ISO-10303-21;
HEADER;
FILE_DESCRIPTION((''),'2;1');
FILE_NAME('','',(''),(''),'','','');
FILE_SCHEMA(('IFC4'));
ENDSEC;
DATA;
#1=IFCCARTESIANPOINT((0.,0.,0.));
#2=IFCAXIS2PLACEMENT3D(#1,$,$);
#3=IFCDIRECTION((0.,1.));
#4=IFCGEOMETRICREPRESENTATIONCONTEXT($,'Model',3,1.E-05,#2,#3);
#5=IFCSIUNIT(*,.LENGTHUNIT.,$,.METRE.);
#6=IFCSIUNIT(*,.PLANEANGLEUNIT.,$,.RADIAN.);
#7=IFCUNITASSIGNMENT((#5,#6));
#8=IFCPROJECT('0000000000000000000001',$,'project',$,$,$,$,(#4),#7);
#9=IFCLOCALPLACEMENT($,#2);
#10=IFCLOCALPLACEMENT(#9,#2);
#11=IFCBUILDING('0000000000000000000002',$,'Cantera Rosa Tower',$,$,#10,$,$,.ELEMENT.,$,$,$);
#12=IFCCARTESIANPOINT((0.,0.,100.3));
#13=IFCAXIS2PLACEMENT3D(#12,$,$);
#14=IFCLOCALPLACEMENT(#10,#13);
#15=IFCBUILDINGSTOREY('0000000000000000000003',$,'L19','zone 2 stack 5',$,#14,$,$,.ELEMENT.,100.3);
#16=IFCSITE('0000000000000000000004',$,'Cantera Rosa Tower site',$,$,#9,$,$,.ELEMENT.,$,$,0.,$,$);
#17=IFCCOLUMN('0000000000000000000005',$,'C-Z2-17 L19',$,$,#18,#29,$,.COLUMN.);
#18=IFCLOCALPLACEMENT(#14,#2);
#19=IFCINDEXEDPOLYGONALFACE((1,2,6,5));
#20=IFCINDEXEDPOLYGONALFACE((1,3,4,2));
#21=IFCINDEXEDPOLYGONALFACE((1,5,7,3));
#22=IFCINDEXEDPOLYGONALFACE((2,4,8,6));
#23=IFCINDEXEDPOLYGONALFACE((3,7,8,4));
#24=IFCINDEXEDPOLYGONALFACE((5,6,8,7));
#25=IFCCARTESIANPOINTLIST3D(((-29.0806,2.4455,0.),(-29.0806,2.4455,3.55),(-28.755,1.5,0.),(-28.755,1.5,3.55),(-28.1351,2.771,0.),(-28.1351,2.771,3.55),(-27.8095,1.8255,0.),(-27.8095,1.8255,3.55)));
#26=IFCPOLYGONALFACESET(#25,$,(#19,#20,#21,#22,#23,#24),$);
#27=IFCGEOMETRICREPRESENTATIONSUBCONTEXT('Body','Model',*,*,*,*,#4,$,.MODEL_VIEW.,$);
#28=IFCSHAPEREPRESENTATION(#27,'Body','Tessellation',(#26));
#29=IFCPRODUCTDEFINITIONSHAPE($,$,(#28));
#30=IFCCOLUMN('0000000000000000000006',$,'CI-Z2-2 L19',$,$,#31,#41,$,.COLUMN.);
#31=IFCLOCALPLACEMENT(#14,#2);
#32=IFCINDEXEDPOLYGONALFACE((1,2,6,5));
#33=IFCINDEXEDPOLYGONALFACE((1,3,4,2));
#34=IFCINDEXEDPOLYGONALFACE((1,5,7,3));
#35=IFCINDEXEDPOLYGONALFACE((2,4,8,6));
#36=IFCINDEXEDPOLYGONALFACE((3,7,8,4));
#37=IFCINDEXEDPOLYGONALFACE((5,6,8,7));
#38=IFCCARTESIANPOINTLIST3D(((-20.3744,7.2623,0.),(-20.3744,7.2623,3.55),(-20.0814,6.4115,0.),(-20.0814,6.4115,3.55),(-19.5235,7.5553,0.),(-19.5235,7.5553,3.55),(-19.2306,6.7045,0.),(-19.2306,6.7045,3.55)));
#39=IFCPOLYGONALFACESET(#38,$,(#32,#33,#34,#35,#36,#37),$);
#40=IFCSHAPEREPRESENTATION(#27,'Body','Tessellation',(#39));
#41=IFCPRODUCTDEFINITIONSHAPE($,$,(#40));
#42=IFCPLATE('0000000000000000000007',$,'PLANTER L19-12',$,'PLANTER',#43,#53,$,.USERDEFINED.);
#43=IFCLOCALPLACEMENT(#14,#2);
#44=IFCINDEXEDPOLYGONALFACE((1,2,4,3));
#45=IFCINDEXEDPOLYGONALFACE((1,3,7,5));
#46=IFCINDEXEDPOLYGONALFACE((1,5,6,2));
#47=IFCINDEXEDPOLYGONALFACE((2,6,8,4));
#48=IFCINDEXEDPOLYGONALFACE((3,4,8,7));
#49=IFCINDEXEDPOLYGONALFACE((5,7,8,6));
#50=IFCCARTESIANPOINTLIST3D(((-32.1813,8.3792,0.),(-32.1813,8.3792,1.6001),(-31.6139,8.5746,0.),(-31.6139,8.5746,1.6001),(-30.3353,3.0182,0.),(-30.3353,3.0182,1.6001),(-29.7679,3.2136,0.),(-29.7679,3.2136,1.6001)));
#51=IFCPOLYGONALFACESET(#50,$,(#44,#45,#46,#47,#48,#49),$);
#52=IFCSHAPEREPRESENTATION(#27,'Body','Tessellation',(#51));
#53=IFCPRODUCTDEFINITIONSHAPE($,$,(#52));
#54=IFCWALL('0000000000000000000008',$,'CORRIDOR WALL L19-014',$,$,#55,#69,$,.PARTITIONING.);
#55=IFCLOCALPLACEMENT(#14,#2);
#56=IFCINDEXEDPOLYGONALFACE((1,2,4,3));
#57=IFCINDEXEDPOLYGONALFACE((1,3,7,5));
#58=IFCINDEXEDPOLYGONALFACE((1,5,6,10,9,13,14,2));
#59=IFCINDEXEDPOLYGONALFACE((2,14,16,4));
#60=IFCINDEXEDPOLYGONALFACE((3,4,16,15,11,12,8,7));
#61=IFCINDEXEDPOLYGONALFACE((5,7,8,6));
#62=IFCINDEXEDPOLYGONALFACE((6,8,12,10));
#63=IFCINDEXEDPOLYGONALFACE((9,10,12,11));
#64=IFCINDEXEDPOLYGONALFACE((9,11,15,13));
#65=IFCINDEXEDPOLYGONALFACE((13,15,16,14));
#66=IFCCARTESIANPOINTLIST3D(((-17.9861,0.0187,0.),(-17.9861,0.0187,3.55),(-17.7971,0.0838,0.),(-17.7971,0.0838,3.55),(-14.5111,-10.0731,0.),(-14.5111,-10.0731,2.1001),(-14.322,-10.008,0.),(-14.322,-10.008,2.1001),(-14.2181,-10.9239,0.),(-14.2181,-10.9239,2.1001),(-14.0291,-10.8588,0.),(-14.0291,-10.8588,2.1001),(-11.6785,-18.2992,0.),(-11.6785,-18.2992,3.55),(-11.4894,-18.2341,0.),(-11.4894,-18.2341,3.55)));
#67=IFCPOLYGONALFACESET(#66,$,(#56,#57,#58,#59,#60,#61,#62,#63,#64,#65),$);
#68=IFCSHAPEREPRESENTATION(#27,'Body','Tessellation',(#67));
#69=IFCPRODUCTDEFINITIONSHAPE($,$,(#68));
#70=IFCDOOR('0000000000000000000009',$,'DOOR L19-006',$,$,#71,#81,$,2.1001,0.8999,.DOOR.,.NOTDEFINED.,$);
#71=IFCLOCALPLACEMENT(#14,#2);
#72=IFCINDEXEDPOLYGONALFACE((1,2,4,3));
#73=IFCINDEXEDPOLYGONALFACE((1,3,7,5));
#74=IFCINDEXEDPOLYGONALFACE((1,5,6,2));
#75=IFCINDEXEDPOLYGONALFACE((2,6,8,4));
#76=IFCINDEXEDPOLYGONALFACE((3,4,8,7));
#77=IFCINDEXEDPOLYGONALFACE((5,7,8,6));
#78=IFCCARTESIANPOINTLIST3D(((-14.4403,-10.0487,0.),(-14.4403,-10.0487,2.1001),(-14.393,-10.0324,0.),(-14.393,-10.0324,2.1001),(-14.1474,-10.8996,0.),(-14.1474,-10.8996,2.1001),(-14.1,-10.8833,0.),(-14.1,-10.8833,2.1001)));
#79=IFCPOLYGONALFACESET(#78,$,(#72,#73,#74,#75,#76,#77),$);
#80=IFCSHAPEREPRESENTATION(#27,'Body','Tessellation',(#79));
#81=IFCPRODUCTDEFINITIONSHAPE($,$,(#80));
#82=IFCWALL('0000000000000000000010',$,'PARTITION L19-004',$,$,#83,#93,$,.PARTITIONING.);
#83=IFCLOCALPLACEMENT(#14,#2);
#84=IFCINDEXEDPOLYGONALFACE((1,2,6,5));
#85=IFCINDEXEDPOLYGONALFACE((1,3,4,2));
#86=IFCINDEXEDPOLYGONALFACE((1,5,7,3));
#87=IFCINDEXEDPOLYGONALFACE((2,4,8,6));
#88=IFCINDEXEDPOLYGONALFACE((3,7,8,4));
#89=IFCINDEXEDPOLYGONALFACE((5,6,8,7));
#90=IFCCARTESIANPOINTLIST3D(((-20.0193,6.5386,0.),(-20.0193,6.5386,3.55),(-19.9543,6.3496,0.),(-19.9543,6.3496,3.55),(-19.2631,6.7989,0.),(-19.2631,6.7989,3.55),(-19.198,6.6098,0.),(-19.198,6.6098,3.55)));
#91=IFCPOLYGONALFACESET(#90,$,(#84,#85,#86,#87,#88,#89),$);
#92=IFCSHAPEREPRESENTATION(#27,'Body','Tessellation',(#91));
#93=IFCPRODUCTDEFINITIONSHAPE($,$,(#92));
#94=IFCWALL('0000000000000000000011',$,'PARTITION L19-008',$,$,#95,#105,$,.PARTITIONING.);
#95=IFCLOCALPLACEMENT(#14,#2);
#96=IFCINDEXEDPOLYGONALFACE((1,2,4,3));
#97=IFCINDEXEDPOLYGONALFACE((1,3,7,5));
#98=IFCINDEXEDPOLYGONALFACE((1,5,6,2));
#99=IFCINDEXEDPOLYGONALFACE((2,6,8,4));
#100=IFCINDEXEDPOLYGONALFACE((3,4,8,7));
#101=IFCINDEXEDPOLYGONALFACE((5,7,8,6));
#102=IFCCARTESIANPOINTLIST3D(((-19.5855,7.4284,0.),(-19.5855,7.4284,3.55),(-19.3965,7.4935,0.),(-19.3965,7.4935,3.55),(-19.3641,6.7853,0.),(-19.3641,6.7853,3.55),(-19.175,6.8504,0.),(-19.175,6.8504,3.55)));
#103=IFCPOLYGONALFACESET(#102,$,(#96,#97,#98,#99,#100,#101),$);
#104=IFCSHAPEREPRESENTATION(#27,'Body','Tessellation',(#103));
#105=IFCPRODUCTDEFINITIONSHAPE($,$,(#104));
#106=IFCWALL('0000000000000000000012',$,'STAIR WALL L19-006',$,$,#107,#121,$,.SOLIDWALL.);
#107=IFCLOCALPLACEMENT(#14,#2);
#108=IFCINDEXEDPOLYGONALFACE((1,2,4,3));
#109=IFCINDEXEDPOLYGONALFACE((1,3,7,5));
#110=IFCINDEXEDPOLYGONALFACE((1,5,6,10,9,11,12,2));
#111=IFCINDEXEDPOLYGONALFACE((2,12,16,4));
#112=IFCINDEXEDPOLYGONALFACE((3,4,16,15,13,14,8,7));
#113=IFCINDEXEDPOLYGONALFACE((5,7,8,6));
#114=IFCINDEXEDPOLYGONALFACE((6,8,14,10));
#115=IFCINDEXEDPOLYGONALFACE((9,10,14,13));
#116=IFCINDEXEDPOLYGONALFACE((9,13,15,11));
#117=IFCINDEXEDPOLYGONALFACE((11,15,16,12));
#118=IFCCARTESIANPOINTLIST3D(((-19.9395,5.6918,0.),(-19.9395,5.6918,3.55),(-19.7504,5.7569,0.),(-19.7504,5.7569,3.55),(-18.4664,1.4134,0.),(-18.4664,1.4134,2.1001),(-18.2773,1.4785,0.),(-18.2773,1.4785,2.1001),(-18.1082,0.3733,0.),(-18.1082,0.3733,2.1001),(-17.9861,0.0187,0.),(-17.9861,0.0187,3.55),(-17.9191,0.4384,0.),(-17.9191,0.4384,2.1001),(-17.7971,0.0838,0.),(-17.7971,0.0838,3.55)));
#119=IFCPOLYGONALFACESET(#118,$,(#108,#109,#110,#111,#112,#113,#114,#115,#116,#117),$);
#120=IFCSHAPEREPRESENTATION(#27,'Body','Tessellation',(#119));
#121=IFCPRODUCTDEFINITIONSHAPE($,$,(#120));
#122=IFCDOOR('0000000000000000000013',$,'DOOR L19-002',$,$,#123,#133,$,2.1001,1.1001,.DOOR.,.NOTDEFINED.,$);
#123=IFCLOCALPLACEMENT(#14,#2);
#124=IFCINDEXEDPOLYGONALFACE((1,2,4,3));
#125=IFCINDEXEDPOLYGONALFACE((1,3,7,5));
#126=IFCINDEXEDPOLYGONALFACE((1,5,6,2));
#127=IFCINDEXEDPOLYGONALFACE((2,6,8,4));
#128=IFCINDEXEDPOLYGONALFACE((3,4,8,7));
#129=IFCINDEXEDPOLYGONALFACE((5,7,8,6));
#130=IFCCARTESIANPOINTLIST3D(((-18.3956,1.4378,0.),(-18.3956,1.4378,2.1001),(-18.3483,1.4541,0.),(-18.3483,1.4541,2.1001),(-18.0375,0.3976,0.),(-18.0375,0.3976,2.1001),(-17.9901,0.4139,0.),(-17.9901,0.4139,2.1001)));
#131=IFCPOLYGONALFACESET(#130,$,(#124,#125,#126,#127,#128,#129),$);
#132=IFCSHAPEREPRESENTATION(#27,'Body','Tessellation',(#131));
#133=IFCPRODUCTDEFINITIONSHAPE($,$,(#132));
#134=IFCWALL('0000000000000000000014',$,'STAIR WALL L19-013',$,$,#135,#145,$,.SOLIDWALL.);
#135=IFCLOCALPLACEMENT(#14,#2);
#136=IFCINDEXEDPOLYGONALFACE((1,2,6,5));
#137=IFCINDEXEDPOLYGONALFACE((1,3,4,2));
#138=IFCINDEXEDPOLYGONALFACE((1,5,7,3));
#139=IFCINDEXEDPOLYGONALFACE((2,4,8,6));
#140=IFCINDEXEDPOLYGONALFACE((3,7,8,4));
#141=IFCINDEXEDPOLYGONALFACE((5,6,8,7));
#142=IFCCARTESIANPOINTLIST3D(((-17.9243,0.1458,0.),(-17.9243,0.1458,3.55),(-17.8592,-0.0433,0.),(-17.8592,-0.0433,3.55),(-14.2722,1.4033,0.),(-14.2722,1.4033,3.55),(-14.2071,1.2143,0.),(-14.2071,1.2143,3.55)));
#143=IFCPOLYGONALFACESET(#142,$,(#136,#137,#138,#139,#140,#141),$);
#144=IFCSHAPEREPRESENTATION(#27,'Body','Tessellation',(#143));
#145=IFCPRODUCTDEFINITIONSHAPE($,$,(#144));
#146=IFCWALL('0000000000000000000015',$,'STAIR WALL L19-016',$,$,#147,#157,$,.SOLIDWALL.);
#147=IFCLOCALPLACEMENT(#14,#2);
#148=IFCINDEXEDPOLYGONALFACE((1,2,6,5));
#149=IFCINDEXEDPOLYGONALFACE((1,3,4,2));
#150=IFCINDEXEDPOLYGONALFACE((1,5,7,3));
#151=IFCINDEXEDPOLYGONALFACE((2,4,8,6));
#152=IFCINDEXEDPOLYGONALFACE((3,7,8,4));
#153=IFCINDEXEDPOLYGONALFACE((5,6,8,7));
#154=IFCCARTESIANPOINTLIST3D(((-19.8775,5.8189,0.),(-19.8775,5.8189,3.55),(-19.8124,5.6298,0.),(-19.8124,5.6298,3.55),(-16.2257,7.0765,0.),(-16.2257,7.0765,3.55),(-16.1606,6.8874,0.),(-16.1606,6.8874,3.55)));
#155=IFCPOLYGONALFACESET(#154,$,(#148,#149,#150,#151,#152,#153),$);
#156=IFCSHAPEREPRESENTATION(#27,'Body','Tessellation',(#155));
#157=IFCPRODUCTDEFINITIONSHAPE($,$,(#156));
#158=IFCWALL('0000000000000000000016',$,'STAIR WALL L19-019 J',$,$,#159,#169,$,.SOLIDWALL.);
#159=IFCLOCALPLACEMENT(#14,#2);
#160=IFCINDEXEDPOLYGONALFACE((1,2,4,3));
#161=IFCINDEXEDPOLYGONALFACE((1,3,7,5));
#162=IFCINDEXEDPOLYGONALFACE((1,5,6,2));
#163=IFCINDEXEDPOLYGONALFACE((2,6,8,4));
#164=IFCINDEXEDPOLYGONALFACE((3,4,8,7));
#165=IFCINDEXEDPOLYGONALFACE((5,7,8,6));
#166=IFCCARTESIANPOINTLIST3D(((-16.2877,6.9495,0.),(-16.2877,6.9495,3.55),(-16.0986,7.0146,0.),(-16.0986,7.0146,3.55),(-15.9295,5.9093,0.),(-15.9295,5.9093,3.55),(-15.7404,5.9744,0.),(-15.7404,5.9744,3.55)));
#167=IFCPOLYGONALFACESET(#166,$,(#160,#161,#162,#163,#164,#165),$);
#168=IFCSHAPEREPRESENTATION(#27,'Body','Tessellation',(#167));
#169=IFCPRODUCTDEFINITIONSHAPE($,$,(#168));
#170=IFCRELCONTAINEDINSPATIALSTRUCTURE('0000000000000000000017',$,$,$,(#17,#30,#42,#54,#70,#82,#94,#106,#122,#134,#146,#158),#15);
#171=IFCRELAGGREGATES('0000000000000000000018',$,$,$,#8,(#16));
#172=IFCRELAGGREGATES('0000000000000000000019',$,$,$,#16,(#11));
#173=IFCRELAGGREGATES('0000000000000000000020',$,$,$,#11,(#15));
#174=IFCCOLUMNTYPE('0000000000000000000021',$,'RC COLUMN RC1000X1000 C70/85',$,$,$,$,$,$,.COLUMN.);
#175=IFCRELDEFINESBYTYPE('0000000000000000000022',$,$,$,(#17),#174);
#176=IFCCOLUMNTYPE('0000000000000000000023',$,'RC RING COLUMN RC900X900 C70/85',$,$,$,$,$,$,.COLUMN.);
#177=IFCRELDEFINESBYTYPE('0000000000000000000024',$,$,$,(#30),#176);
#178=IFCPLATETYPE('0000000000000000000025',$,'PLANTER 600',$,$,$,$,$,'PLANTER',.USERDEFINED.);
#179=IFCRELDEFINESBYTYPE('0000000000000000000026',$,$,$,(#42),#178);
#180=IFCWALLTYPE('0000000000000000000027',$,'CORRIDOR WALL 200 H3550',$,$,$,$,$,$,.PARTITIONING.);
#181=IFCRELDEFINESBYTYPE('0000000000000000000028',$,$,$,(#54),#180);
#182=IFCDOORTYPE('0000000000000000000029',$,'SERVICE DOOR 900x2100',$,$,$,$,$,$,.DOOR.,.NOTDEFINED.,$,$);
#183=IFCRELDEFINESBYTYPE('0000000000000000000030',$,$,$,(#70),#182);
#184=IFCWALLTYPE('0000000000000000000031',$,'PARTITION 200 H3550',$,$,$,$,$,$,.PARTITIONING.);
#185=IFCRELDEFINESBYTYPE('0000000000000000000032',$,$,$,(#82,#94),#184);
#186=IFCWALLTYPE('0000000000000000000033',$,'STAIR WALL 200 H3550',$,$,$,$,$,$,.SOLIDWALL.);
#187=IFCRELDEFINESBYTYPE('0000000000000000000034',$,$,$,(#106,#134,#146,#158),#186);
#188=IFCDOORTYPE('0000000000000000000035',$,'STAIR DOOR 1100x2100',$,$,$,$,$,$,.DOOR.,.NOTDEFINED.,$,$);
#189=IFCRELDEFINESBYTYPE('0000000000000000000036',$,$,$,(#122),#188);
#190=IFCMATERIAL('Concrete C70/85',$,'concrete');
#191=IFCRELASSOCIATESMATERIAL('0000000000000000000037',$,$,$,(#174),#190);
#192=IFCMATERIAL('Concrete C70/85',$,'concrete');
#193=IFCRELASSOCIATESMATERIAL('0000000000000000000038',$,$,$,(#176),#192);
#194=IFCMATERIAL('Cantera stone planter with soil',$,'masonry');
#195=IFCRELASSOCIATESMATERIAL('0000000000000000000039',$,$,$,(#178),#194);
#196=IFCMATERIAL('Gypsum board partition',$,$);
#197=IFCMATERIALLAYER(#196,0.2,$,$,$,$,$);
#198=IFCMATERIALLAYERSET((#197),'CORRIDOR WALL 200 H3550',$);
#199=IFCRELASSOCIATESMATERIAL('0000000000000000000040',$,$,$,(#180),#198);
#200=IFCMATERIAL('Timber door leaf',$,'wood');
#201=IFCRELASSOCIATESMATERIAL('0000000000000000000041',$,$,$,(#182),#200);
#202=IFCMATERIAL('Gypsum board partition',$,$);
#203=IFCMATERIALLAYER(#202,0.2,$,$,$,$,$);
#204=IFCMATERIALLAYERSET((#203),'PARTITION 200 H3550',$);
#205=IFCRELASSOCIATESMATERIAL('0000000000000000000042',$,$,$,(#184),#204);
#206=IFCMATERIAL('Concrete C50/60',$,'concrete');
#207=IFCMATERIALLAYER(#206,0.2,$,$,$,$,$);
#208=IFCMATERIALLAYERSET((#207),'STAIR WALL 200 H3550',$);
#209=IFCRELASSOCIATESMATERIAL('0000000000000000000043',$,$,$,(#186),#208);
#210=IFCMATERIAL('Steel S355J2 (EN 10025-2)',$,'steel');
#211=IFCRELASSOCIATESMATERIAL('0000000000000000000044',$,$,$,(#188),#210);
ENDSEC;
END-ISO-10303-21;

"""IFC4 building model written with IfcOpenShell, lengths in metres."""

from ifc_helpers import new_model, si_unit, direction, frame, frame_2d, origin, origin_2d, place, context, subcontext, project, spatial, rectangle, extrude, material, layer, layer_set, material_profile, profile_set, type_object, element, fill, save


model = new_model("IFC4")

# Units and contexts
model_context = context("Model", 3, precision=1e-05, world=origin(), true_north=direction((0.0, 1.0)))
body_context = subcontext(model_context, "Body", "Model", "MODEL_VIEW")
ifc_project = project(units=[si_unit("LENGTHUNIT", "METRE"), si_unit("PLANEANGLEUNIT", "RADIAN")], contexts=[model_context])

# Site, building, storey
site_placement = place(None, origin())
site = spatial("IfcSite", under=ifc_project, at=site_placement, Name="Cantera Rosa Tower site", CompositionType="ELEMENT", RefElevation=0.0)
building_placement = place(site_placement, origin())
building = spatial("IfcBuilding", under=site, at=building_placement, Name="Cantera Rosa Tower", CompositionType="ELEMENT")
storey_placement = place(building_placement, frame((0.0, 0.0, 100.3)))
storey = spatial("IfcBuildingStorey", under=building, at=storey_placement, Name="L19", Description="zone 2 stack 5", CompositionType="ELEMENT", Elevation=100.3)

# Columns
ifc_material_1 = material(Name="Concrete C70/85", Category="concrete")
ifc_material_profile_1 = material_profile(ifc_material_1, rectangle(XDim=1.0, YDim=1.0, at=origin_2d()), Name="RC COLUMN RC1000X1000 C70/85")
ifc_profile_set_1 = profile_set([ifc_material_profile_1], Name="Concrete C70/85")
column_type_1 = type_object("IfcColumnType", Name="RC COLUMN RC1000X1000 C70/85", PredefinedType="COLUMN", material=ifc_profile_set_1)
column_1_placement = place(storey_placement, frame((-28.4451, 2.1355, 0.0), z_axis=(0.0, 0.0, 1.0), x_axis=(0.945519, 0.325568, 0.0)))
element("IfcColumn", 1, at=column_1_placement, inside=storey, type_object=column_type_1, Name="C-Z2-17 L19", PredefinedType="COLUMN", context=body_context, shape_type="SweptSolid", body=[
    extrude(rectangle(XDim=1.0, YDim=1.0, at=origin_2d()), origin(), (0.0, 0.0, 1.0), 3.55),
])
ifc_material_2 = material(Name="Concrete C70/85", Category="concrete")
ifc_material_profile_2 = material_profile(ifc_material_2, rectangle(XDim=0.8999, YDim=0.8999, at=origin_2d()), Name="RC RING COLUMN RC900X900 C70/85")
ifc_profile_set_2 = profile_set([ifc_material_profile_2], Name="Concrete C70/85")
column_type_2 = type_object("IfcColumnType", Name="RC RING COLUMN RC900X900 C70/85", PredefinedType="COLUMN", material=ifc_profile_set_2)
column_2_placement = place(storey_placement, frame((-19.8025, 6.9834, 0.0), z_axis=(0.0, 0.0, 1.0), x_axis=(0.945519, 0.325568, 0.0)))
element("IfcColumn", 2, at=column_2_placement, inside=storey, type_object=column_type_2, Name="CI-Z2-2 L19", PredefinedType="COLUMN", context=body_context, shape_type="SweptSolid", body=[
    extrude(rectangle(XDim=0.8999, YDim=0.8999, at=origin_2d()), origin(), (0.0, 0.0, 1.0), 3.55),
])

# Plate
ifc_material_3 = material(Name="Cantera stone planter with soil", Category="masonry")
plate_type = type_object("IfcPlateType", Name="PLANTER 600", ElementType="PLANTER", PredefinedType="USERDEFINED", material=ifc_material_3)
plate_placement = place(storey_placement, frame((-30.9746, 5.7964, 0.0), z_axis=(0.0, 0.0, 1.0), x_axis=(0.325568, -0.945519, 0.0)))
element("IfcPlate", 3, at=plate_placement, inside=storey, type_object=plate_type, Name="PLANTER L19-12", ObjectType="PLANTER", PredefinedType="USERDEFINED", context=body_context, shape_type="SweptSolid", body=[
    extrude(rectangle(XDim=5.6699, YDim=0.6001, at=origin_2d()), origin(), (0.0, 0.0, 1.0), 1.6001),
])

# Wall, opening, door
ifc_material_4 = material(Name="Gypsum board partition")
ifc_layer_1 = layer(ifc_material_4, 0.2)
ifc_layer_set_1 = layer_set([ifc_layer_1], Name="CORRIDOR WALL 200 H3550")
wall_type_1 = type_object("IfcWallType", Name="CORRIDOR WALL 200 H3550", PredefinedType="PARTITIONING", material=ifc_layer_set_1)
wall_1_placement = place(storey_placement, frame((-17.8916, 0.0513, 0.0), z_axis=(0.0, 0.0, 1.0), x_axis=(0.325581, -0.945514, 0.0)))
wall_1 = element("IfcWall", 4, at=wall_1_placement, inside=storey, type_object=wall_type_1, Name="CORRIDOR WALL L19-014", PredefinedType="PARTITIONING", context=body_context, shape_type="SweptSolid", body=[
    extrude(rectangle(XDim=19.3735, YDim=0.2, at=frame_2d((9.6868, 0.0))), origin(), (0.0, 0.0, 1.0), 3.55),
])
opening_1_placement = place(wall_1_placement, frame((10.6733, 0.0, 0.0)))
opening_1 = element("IfcOpeningElement", 5, at=opening_1_placement, cuts=wall_1, PredefinedType="OPENING", context=body_context, shape_type="SweptSolid", body=[
    extrude(rectangle(XDim=0.8999, YDim=2.1001, at=frame_2d((0.45, 1.05))), frame((0.0, 0.1099, 0.0), z_axis=(0.0, -1.0, 0.0), x_axis=(1.0, 0.0, 0.0)), (0.0, 0.0, 1.0), 0.22),
])
ifc_material_5 = material(Name="Timber door leaf", Category="wood")
door_type_1 = type_object("IfcDoorType", Name="SERVICE DOOR 900x2100", OperationType="NOTDEFINED", PredefinedType="DOOR", material=ifc_material_5)
door_1_placement = place(opening_1_placement, origin())
door_1 = element("IfcDoor", 6, at=door_1_placement, inside=storey, type_object=door_type_1, Name="DOOR L19-006", OperationType="NOTDEFINED", OverallHeight=2.1001, OverallWidth=0.8999, PredefinedType="DOOR", context=body_context, shape_type="SweptSolid", body=[
    extrude(rectangle(XDim=0.8999, YDim=2.1001, at=frame_2d((0.45, 1.05))), frame((0.0, 0.0249, 0.0), z_axis=(0.0, -1.0, 0.0), x_axis=(1.0, 0.0, 0.0)), (0.0, 0.0, 1.0), 0.05),
])
fill(opening_1, door_1)

# Walls
ifc_material_6 = material(Name="Gypsum board partition")
ifc_layer_2 = layer(ifc_material_6, 0.2)
ifc_layer_set_2 = layer_set([ifc_layer_2], Name="PARTITION 200 H3550")
wall_type_2 = type_object("IfcWallType", Name="PARTITION 200 H3550", PredefinedType="PARTITIONING", material=ifc_layer_set_2)
wall_2_placement = place(storey_placement, frame((-19.9868, 6.4441, 0.0), z_axis=(0.0, 0.0, 1.0), x_axis=(0.945587, 0.32537, 0.0)))
element("IfcWall", 7, at=wall_2_placement, inside=storey, type_object=wall_type_2, Name="PARTITION L19-004", PredefinedType="PARTITIONING", context=body_context, shape_type="SweptSolid", body=[
    extrude(rectangle(XDim=0.7998, YDim=0.2, at=frame_2d((0.3999, 0.0))), origin(), (0.0, 0.0, 1.0), 3.55),
])
wall_3_placement = place(storey_placement, frame((-19.2695, 6.8179, 0.0), z_axis=(0.0, 0.0, 1.0), x_axis=(-0.325581, 0.945514, 0.0)))
element("IfcWall", 8, at=wall_3_placement, inside=storey, type_object=wall_type_2, Name="PARTITION L19-008", PredefinedType="PARTITIONING", context=body_context, shape_type="SweptSolid", body=[
    extrude(rectangle(XDim=0.6802, YDim=0.2, at=frame_2d((0.3401, 0.0))), origin(), (0.0, 0.0, 1.0), 3.55),
])

# Wall, opening, door
ifc_material_7 = material(Name="Concrete C50/60", Category="concrete")
ifc_layer_3 = layer(ifc_material_7, 0.2)
ifc_layer_set_3 = layer_set([ifc_layer_3], Name="STAIR WALL 200 H3550")
wall_type_3 = type_object("IfcWallType", Name="STAIR WALL 200 H3550", PredefinedType="SOLIDWALL", material=ifc_layer_set_3)
wall_4_placement = place(storey_placement, frame((-19.845, 5.7244, 0.0), z_axis=(0.0, 0.0, 1.0), x_axis=(0.325563, -0.94552, 0.0)))
wall_4 = element("IfcWall", 9, at=wall_4_placement, inside=storey, type_object=wall_type_3, Name="STAIR WALL L19-006", PredefinedType="SOLIDWALL", context=body_context, shape_type="SweptSolid", body=[
    extrude(rectangle(XDim=6.0, YDim=0.2, at=frame_2d((3.0, 0.0))), origin(), (0.0, 0.0, 1.0), 3.55),
])
opening_2_placement = place(wall_4_placement, frame((4.5249, 0.0, 0.0)))
opening_2 = element("IfcOpeningElement", 10, at=opening_2_placement, cuts=wall_4, PredefinedType="OPENING", context=body_context, shape_type="SweptSolid", body=[
    extrude(rectangle(XDim=1.1001, YDim=2.1001, at=frame_2d((0.55, 1.05))), frame((0.0, 0.1099, 0.0), z_axis=(0.0, -1.0, 0.0), x_axis=(1.0, 0.0, 0.0)), (0.0, 0.0, 1.0), 0.22),
])
ifc_material_8 = material(Name="Steel S355J2 (EN 10025-2)", Category="steel")
door_type_2 = type_object("IfcDoorType", Name="STAIR DOOR 1100x2100", OperationType="NOTDEFINED", PredefinedType="DOOR", material=ifc_material_8)
door_2_placement = place(opening_2_placement, origin())
door_2 = element("IfcDoor", 11, at=door_2_placement, inside=storey, type_object=door_type_2, Name="DOOR L19-002", OperationType="NOTDEFINED", OverallHeight=2.1001, OverallWidth=1.1001, PredefinedType="DOOR", context=body_context, shape_type="SweptSolid", body=[
    extrude(rectangle(XDim=1.1001, YDim=2.1001, at=frame_2d((0.55, 1.05))), frame((0.0, 0.0249, 0.0), z_axis=(0.0, -1.0, 0.0), x_axis=(1.0, 0.0, 0.0)), (0.0, 0.0, 1.0), 0.05),
])
fill(opening_2, door_2)

# Walls
wall_5_placement = place(storey_placement, frame((-17.8916, 0.0513, 0.0), z_axis=(0.0, 0.0, 1.0), x_axis=(0.945515, 0.32558, 0.0)))
element("IfcWall", 12, at=wall_5_placement, inside=storey, type_object=wall_type_3, Name="STAIR WALL L19-013", PredefinedType="SOLIDWALL", context=body_context, shape_type="SweptSolid", body=[
    extrude(rectangle(XDim=3.8625, YDim=0.2, at=frame_2d((1.9312, 0.0))), origin(), (0.0, 0.0, 1.0), 3.55),
])
wall_6_placement = place(storey_placement, frame((-16.1931, 6.9819, 0.0), z_axis=(0.0, 0.0, 1.0), x_axis=(-0.945508, -0.325599, 0.0)))
element("IfcWall", 13, at=wall_6_placement, inside=storey, type_object=wall_type_3, Name="STAIR WALL L19-016", PredefinedType="SOLIDWALL", context=body_context, shape_type="SweptSolid", body=[
    extrude(rectangle(XDim=3.8623, YDim=0.2, at=frame_2d((1.9312, 0.0))), origin(), (0.0, 0.0, 1.0), 3.55),
])
wall_7_placement = place(storey_placement, frame((-15.835, 5.9419, 0.0), z_axis=(0.0, 0.0, 1.0), x_axis=(-0.325601, 0.945507, 0.0)))
element("IfcWall", 14, at=wall_7_placement, inside=storey, type_object=wall_type_3, Name="STAIR WALL L19-019 J", PredefinedType="SOLIDWALL", context=body_context, shape_type="SweptSolid", body=[
    extrude(rectangle(XDim=1.1001, YDim=0.2, at=frame_2d((0.55, 0.0))), origin(), (0.0, 0.0, 1.0), 3.55),
])

save(model, "model.ifc")
